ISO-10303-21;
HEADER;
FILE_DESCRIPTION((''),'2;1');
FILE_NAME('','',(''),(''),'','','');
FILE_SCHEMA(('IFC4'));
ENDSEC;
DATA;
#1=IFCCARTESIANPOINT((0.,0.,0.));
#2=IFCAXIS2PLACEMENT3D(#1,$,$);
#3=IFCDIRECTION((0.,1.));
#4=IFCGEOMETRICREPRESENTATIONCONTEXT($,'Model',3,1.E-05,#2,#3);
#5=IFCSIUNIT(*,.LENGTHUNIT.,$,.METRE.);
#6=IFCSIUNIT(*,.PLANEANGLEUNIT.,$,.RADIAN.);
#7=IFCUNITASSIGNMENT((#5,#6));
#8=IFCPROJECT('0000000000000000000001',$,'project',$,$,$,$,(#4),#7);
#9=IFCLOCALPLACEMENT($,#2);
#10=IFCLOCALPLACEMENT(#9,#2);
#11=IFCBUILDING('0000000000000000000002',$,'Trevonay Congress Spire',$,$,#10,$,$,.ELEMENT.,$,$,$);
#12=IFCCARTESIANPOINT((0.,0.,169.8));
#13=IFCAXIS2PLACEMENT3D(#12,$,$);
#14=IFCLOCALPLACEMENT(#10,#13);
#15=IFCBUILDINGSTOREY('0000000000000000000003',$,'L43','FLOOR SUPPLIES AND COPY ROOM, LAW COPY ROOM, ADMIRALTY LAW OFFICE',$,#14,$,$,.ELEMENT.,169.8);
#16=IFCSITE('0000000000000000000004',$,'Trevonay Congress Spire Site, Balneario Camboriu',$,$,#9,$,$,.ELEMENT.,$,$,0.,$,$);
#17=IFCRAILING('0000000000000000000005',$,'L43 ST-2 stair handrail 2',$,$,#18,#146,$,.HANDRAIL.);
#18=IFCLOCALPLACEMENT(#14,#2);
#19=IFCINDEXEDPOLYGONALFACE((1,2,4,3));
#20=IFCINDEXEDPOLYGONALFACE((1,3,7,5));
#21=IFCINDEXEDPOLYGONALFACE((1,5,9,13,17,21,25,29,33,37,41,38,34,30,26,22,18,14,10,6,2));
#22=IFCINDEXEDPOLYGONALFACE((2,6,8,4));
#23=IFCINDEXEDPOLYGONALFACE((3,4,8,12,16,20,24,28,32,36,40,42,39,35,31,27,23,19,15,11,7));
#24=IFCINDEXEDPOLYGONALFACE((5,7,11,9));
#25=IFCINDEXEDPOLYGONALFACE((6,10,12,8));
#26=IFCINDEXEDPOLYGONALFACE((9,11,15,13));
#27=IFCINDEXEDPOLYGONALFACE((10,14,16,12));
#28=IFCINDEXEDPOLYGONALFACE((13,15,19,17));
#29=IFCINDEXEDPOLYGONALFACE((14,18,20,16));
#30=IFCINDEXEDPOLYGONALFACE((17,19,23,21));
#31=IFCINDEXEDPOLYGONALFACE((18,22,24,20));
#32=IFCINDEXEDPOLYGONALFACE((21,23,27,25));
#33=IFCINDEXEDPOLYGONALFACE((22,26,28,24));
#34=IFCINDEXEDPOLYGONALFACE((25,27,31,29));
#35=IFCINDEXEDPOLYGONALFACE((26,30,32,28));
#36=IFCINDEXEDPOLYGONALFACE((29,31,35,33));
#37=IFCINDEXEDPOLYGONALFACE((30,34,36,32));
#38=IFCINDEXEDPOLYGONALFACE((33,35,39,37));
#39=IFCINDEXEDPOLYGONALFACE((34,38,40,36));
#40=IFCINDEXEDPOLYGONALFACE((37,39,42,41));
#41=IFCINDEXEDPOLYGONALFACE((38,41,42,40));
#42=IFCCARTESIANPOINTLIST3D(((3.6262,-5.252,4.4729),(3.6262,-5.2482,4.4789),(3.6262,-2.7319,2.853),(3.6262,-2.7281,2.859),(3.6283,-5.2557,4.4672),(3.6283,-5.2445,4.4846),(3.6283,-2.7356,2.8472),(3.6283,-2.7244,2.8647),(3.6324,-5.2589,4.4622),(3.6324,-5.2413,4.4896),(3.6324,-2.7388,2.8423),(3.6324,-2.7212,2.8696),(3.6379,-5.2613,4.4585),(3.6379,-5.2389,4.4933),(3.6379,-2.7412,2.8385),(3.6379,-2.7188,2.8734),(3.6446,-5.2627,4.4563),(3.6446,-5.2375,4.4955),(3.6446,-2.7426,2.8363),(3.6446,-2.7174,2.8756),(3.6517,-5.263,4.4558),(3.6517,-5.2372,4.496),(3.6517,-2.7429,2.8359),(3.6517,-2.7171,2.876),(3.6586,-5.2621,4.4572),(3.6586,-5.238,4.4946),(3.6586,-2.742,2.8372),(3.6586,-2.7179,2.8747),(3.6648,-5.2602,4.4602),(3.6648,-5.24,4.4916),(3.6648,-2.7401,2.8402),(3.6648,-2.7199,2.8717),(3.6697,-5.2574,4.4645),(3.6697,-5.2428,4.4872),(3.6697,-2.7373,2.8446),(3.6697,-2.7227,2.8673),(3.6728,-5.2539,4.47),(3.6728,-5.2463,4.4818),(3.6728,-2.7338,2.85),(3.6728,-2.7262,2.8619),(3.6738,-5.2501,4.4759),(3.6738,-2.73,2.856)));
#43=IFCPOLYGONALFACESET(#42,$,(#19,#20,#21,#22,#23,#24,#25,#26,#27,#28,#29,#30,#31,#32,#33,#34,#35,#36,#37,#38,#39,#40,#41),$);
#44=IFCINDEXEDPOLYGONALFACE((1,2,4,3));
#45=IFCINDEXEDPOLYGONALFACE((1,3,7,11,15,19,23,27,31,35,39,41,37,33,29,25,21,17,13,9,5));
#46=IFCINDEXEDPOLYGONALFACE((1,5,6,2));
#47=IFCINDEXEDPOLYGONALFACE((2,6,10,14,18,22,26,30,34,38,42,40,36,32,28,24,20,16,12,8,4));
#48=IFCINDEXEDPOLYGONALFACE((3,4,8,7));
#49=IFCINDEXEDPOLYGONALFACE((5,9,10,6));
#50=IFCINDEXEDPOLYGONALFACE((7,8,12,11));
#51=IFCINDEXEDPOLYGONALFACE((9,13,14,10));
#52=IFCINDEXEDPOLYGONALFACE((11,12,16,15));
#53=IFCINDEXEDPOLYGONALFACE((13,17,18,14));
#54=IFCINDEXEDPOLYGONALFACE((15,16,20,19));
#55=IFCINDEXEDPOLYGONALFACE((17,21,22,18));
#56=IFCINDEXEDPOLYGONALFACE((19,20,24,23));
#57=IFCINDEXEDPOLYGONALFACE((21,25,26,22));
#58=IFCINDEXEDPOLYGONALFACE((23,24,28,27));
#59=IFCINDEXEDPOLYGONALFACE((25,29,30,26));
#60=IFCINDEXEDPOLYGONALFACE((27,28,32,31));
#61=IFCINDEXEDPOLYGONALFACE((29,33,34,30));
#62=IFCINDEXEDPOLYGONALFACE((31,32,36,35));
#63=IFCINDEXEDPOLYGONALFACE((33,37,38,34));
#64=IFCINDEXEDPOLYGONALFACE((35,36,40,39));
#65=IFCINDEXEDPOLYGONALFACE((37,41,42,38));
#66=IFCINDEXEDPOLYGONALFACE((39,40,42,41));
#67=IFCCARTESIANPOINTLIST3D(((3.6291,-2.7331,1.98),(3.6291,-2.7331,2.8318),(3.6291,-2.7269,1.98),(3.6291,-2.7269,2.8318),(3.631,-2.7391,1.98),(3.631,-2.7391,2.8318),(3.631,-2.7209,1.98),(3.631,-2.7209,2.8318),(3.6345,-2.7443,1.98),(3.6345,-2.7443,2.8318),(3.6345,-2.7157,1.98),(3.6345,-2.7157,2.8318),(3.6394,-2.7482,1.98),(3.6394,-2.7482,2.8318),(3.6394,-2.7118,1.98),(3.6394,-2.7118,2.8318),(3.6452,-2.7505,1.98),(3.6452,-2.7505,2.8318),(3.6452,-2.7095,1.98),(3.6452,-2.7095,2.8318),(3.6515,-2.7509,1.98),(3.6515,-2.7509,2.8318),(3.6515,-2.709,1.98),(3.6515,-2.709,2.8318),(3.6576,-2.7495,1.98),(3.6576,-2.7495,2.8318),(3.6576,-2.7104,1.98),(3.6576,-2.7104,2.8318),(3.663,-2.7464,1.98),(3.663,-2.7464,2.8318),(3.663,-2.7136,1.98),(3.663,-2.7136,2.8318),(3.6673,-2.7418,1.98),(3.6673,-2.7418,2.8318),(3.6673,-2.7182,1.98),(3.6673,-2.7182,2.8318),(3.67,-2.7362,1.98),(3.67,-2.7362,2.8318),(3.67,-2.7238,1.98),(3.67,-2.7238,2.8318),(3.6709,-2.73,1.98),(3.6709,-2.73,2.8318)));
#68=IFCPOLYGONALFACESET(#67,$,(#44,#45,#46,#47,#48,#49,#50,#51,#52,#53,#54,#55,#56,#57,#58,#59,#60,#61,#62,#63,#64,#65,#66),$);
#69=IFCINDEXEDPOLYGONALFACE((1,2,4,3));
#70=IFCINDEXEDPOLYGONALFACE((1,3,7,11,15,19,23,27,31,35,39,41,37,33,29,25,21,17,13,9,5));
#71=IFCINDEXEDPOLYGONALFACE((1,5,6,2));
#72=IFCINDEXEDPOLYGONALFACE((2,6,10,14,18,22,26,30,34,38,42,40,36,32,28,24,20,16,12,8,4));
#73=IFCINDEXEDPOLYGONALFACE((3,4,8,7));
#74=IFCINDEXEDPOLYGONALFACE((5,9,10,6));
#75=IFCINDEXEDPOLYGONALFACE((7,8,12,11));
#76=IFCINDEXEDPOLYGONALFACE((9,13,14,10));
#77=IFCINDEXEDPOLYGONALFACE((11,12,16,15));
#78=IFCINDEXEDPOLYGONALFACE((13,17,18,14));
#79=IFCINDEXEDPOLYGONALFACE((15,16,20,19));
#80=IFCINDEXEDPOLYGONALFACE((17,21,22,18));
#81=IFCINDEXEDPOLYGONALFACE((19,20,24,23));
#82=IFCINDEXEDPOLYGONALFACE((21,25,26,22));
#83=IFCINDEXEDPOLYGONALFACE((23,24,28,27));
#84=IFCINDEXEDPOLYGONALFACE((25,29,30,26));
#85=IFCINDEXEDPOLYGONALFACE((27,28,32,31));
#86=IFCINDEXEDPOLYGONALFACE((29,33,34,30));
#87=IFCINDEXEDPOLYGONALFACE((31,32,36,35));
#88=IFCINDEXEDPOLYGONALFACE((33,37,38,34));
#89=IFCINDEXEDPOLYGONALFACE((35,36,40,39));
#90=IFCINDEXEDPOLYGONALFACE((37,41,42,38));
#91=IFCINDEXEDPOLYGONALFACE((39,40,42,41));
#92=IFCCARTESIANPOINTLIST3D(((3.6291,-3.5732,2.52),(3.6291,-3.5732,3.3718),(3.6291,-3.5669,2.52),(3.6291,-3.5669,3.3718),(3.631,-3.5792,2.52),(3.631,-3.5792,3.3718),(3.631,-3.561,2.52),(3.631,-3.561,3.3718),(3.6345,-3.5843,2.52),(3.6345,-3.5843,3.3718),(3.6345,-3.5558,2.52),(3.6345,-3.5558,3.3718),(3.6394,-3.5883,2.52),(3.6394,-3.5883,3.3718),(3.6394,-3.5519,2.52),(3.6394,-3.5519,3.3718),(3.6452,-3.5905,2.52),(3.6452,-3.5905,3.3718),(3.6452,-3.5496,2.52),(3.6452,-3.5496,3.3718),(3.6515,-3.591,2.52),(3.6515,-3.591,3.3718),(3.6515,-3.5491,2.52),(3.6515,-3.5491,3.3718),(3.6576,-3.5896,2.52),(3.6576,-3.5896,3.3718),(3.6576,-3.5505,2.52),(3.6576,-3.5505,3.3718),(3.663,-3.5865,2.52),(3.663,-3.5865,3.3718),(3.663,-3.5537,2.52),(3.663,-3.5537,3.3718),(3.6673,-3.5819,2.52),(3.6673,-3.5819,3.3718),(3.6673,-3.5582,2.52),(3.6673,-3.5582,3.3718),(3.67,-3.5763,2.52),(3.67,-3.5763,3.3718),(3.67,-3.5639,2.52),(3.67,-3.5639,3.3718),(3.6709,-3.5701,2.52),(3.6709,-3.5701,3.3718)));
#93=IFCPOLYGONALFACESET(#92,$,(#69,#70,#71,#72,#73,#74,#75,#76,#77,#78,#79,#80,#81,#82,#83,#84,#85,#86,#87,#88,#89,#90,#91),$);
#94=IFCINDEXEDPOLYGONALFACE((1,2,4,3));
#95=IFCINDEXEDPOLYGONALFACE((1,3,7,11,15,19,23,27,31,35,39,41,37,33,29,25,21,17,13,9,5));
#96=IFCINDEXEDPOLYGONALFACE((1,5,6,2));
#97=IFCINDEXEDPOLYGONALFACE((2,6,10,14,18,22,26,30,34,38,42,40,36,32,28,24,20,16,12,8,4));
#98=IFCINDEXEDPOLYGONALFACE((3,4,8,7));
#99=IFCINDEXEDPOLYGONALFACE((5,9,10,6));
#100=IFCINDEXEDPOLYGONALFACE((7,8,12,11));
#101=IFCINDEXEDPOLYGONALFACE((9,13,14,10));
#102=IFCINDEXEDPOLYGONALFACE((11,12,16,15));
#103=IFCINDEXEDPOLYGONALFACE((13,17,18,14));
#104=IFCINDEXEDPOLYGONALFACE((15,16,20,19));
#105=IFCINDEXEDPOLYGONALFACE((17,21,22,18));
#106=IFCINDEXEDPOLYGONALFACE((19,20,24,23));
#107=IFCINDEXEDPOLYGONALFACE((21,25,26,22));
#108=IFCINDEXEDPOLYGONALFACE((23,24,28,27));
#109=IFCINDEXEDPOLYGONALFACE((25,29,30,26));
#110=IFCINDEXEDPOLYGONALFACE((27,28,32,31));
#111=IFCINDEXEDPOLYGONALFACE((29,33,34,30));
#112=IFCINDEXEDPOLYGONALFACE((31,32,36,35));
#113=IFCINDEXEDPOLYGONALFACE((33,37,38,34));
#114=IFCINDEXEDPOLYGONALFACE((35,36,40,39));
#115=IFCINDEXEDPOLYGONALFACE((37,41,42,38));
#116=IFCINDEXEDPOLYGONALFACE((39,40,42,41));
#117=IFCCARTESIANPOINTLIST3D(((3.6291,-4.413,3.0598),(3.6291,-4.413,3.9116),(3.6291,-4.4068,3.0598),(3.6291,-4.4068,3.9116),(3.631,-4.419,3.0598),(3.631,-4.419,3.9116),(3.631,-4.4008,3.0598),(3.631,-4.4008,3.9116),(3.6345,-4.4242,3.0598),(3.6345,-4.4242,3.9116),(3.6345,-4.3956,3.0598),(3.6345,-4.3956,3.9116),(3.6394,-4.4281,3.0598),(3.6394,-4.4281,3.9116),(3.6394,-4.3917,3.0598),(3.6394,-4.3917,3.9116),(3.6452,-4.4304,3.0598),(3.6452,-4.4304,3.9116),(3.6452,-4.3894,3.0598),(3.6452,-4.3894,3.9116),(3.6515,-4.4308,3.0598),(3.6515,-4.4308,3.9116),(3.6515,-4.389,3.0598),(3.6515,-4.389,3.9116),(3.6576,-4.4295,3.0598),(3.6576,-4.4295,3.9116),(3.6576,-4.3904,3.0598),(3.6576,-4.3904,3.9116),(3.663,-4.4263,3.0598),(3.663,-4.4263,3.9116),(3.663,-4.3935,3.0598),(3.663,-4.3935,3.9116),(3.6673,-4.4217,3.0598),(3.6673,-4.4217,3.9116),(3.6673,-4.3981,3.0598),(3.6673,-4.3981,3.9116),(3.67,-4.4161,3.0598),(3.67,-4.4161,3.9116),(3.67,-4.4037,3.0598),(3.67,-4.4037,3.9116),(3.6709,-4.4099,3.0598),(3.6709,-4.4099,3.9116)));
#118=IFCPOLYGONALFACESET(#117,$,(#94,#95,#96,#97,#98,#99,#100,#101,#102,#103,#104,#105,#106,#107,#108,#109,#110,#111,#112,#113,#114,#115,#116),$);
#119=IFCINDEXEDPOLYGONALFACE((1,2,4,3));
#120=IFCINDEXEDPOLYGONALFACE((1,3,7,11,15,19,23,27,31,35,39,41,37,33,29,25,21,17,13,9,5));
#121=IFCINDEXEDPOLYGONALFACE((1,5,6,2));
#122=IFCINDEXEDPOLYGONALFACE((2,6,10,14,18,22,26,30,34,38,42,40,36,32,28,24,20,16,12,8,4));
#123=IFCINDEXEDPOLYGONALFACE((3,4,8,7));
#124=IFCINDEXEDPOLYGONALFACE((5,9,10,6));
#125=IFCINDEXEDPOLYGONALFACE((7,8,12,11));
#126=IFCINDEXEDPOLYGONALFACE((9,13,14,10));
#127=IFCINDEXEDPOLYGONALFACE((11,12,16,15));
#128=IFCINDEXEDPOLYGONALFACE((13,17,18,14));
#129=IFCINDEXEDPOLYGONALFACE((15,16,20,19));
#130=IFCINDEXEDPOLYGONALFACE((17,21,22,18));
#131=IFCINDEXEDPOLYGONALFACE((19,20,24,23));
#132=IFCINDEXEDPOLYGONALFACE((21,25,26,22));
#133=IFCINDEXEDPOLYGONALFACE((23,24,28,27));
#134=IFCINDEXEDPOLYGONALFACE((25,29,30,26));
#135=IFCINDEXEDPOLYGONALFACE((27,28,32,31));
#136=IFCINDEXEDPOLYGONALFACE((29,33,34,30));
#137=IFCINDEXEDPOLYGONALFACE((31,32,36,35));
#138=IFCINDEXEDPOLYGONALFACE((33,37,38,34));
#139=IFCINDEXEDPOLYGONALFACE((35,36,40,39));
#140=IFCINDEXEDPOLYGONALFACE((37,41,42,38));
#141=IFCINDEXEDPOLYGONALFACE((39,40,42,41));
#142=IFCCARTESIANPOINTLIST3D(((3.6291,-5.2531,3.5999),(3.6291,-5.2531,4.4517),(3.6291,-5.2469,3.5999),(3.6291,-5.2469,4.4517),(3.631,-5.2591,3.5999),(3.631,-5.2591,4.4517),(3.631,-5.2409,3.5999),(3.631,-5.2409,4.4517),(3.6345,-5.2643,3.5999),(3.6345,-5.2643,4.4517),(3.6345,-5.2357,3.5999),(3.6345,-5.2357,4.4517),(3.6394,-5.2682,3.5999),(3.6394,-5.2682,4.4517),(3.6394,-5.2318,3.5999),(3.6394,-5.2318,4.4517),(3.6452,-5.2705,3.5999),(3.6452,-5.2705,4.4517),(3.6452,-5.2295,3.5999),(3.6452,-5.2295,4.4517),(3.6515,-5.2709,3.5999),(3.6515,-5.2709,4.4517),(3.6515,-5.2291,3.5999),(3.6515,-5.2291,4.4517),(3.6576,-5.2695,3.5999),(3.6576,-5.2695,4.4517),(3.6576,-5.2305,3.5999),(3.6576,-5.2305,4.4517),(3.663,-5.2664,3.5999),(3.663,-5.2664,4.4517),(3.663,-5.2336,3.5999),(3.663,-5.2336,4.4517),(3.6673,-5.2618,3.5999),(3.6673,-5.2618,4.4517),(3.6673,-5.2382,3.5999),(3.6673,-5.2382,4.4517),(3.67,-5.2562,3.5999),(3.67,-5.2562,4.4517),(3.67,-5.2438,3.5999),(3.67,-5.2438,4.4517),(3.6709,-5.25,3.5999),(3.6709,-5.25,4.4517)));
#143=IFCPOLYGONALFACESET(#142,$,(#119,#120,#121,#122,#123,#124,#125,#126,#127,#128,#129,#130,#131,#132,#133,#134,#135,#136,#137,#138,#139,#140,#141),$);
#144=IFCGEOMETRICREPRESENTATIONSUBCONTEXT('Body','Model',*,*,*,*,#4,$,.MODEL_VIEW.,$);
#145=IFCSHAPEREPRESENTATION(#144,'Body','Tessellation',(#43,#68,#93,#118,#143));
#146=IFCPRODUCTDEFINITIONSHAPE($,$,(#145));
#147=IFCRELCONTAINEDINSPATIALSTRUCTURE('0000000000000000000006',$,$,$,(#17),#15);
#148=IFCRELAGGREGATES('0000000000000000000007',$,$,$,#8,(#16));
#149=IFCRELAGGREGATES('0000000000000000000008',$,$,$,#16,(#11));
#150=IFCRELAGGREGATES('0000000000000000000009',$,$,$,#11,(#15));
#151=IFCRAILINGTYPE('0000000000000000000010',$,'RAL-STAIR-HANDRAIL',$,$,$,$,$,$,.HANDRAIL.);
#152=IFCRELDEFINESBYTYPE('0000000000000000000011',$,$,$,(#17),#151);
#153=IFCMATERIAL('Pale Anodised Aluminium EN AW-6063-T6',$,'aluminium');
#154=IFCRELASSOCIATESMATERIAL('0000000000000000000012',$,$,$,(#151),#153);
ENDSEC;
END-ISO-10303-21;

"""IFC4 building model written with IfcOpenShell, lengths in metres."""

from ifc_helpers import new_model, si_unit, direction, frame, origin, origin_2d, place, context, subcontext, project, spatial, circle, extrude, material, type_object, element, save


model = new_model("IFC4")

# Units and contexts
model_context = context("Model", 3, precision=1e-05, world=origin(), true_north=direction((0.0, 1.0)))
body_context = subcontext(model_context, "Body", "Model", "MODEL_VIEW")
ifc_project = project(units=[si_unit("LENGTHUNIT", "METRE"), si_unit("PLANEANGLEUNIT", "RADIAN")], contexts=[model_context])

# Site, building, storey
site_placement = place(None, origin())
site = spatial("IfcSite", under=ifc_project, at=site_placement, Name="Trevonay Congress Spire Site, Balneario Camboriu", CompositionType="ELEMENT", RefElevation=0.0)
building_placement = place(site_placement, origin())
building = spatial("IfcBuilding", under=site, at=building_placement, Name="Trevonay Congress Spire", CompositionType="ELEMENT")
storey_placement = place(building_placement, frame((0.0, 0.0, 169.8)))
storey = spatial("IfcBuildingStorey", under=building, at=storey_placement, Name="L43", Description="FLOOR SUPPLIES AND COPY ROOM, LAW COPY ROOM, ADMIRALTY LAW OFFICE", CompositionType="ELEMENT", Elevation=169.8)

# Shared definitions
ifc_material_1 = material(Name="Pale Anodised Aluminium EN AW-6063-T6", Category="aluminium")

# Railing
railing_type_1 = type_object("IfcRailingType", Name="RAL-STAIR-HANDRAIL", PredefinedType="HANDRAIL", material=ifc_material_1)
railing_1_placement = place(storey_placement, frame((3.6499, -2.73, 1.98)))
element("IfcRailing", 1, at=railing_1_placement, inside=storey, type_object=railing_type_1, Name="L43 ST-2 stair handrail 2", PredefinedType="HANDRAIL", context=body_context, shape_type="SweptSolid", body=[
    extrude(circle(Radius=0.0239, at=origin_2d()), frame((0.0, 0.0, 0.876), z_axis=(0.0, -0.8412, 0.540725), x_axis=(1.0, 0.0, 0.0)), (0.0, 0.0, 1.0), 2.9958),
    extrude(circle(Radius=0.021, at=origin_2d()), origin(), (0.0, 0.0, 1.0), 0.8518),
    extrude(circle(Radius=0.021, at=origin_2d()), frame((0.0, -0.8401, 0.54)), (0.0, 0.0, 1.0), 0.8518),
    extrude(circle(Radius=0.021, at=origin_2d()), frame((0.0, -1.6799, 1.0798)), (0.0, 0.0, 1.0), 0.8518),
    extrude(circle(Radius=0.021, at=origin_2d()), frame((0.0, -2.52, 1.6199)), (0.0, 0.0, 1.0), 0.8518),
])

save(model, "model.ifc")
